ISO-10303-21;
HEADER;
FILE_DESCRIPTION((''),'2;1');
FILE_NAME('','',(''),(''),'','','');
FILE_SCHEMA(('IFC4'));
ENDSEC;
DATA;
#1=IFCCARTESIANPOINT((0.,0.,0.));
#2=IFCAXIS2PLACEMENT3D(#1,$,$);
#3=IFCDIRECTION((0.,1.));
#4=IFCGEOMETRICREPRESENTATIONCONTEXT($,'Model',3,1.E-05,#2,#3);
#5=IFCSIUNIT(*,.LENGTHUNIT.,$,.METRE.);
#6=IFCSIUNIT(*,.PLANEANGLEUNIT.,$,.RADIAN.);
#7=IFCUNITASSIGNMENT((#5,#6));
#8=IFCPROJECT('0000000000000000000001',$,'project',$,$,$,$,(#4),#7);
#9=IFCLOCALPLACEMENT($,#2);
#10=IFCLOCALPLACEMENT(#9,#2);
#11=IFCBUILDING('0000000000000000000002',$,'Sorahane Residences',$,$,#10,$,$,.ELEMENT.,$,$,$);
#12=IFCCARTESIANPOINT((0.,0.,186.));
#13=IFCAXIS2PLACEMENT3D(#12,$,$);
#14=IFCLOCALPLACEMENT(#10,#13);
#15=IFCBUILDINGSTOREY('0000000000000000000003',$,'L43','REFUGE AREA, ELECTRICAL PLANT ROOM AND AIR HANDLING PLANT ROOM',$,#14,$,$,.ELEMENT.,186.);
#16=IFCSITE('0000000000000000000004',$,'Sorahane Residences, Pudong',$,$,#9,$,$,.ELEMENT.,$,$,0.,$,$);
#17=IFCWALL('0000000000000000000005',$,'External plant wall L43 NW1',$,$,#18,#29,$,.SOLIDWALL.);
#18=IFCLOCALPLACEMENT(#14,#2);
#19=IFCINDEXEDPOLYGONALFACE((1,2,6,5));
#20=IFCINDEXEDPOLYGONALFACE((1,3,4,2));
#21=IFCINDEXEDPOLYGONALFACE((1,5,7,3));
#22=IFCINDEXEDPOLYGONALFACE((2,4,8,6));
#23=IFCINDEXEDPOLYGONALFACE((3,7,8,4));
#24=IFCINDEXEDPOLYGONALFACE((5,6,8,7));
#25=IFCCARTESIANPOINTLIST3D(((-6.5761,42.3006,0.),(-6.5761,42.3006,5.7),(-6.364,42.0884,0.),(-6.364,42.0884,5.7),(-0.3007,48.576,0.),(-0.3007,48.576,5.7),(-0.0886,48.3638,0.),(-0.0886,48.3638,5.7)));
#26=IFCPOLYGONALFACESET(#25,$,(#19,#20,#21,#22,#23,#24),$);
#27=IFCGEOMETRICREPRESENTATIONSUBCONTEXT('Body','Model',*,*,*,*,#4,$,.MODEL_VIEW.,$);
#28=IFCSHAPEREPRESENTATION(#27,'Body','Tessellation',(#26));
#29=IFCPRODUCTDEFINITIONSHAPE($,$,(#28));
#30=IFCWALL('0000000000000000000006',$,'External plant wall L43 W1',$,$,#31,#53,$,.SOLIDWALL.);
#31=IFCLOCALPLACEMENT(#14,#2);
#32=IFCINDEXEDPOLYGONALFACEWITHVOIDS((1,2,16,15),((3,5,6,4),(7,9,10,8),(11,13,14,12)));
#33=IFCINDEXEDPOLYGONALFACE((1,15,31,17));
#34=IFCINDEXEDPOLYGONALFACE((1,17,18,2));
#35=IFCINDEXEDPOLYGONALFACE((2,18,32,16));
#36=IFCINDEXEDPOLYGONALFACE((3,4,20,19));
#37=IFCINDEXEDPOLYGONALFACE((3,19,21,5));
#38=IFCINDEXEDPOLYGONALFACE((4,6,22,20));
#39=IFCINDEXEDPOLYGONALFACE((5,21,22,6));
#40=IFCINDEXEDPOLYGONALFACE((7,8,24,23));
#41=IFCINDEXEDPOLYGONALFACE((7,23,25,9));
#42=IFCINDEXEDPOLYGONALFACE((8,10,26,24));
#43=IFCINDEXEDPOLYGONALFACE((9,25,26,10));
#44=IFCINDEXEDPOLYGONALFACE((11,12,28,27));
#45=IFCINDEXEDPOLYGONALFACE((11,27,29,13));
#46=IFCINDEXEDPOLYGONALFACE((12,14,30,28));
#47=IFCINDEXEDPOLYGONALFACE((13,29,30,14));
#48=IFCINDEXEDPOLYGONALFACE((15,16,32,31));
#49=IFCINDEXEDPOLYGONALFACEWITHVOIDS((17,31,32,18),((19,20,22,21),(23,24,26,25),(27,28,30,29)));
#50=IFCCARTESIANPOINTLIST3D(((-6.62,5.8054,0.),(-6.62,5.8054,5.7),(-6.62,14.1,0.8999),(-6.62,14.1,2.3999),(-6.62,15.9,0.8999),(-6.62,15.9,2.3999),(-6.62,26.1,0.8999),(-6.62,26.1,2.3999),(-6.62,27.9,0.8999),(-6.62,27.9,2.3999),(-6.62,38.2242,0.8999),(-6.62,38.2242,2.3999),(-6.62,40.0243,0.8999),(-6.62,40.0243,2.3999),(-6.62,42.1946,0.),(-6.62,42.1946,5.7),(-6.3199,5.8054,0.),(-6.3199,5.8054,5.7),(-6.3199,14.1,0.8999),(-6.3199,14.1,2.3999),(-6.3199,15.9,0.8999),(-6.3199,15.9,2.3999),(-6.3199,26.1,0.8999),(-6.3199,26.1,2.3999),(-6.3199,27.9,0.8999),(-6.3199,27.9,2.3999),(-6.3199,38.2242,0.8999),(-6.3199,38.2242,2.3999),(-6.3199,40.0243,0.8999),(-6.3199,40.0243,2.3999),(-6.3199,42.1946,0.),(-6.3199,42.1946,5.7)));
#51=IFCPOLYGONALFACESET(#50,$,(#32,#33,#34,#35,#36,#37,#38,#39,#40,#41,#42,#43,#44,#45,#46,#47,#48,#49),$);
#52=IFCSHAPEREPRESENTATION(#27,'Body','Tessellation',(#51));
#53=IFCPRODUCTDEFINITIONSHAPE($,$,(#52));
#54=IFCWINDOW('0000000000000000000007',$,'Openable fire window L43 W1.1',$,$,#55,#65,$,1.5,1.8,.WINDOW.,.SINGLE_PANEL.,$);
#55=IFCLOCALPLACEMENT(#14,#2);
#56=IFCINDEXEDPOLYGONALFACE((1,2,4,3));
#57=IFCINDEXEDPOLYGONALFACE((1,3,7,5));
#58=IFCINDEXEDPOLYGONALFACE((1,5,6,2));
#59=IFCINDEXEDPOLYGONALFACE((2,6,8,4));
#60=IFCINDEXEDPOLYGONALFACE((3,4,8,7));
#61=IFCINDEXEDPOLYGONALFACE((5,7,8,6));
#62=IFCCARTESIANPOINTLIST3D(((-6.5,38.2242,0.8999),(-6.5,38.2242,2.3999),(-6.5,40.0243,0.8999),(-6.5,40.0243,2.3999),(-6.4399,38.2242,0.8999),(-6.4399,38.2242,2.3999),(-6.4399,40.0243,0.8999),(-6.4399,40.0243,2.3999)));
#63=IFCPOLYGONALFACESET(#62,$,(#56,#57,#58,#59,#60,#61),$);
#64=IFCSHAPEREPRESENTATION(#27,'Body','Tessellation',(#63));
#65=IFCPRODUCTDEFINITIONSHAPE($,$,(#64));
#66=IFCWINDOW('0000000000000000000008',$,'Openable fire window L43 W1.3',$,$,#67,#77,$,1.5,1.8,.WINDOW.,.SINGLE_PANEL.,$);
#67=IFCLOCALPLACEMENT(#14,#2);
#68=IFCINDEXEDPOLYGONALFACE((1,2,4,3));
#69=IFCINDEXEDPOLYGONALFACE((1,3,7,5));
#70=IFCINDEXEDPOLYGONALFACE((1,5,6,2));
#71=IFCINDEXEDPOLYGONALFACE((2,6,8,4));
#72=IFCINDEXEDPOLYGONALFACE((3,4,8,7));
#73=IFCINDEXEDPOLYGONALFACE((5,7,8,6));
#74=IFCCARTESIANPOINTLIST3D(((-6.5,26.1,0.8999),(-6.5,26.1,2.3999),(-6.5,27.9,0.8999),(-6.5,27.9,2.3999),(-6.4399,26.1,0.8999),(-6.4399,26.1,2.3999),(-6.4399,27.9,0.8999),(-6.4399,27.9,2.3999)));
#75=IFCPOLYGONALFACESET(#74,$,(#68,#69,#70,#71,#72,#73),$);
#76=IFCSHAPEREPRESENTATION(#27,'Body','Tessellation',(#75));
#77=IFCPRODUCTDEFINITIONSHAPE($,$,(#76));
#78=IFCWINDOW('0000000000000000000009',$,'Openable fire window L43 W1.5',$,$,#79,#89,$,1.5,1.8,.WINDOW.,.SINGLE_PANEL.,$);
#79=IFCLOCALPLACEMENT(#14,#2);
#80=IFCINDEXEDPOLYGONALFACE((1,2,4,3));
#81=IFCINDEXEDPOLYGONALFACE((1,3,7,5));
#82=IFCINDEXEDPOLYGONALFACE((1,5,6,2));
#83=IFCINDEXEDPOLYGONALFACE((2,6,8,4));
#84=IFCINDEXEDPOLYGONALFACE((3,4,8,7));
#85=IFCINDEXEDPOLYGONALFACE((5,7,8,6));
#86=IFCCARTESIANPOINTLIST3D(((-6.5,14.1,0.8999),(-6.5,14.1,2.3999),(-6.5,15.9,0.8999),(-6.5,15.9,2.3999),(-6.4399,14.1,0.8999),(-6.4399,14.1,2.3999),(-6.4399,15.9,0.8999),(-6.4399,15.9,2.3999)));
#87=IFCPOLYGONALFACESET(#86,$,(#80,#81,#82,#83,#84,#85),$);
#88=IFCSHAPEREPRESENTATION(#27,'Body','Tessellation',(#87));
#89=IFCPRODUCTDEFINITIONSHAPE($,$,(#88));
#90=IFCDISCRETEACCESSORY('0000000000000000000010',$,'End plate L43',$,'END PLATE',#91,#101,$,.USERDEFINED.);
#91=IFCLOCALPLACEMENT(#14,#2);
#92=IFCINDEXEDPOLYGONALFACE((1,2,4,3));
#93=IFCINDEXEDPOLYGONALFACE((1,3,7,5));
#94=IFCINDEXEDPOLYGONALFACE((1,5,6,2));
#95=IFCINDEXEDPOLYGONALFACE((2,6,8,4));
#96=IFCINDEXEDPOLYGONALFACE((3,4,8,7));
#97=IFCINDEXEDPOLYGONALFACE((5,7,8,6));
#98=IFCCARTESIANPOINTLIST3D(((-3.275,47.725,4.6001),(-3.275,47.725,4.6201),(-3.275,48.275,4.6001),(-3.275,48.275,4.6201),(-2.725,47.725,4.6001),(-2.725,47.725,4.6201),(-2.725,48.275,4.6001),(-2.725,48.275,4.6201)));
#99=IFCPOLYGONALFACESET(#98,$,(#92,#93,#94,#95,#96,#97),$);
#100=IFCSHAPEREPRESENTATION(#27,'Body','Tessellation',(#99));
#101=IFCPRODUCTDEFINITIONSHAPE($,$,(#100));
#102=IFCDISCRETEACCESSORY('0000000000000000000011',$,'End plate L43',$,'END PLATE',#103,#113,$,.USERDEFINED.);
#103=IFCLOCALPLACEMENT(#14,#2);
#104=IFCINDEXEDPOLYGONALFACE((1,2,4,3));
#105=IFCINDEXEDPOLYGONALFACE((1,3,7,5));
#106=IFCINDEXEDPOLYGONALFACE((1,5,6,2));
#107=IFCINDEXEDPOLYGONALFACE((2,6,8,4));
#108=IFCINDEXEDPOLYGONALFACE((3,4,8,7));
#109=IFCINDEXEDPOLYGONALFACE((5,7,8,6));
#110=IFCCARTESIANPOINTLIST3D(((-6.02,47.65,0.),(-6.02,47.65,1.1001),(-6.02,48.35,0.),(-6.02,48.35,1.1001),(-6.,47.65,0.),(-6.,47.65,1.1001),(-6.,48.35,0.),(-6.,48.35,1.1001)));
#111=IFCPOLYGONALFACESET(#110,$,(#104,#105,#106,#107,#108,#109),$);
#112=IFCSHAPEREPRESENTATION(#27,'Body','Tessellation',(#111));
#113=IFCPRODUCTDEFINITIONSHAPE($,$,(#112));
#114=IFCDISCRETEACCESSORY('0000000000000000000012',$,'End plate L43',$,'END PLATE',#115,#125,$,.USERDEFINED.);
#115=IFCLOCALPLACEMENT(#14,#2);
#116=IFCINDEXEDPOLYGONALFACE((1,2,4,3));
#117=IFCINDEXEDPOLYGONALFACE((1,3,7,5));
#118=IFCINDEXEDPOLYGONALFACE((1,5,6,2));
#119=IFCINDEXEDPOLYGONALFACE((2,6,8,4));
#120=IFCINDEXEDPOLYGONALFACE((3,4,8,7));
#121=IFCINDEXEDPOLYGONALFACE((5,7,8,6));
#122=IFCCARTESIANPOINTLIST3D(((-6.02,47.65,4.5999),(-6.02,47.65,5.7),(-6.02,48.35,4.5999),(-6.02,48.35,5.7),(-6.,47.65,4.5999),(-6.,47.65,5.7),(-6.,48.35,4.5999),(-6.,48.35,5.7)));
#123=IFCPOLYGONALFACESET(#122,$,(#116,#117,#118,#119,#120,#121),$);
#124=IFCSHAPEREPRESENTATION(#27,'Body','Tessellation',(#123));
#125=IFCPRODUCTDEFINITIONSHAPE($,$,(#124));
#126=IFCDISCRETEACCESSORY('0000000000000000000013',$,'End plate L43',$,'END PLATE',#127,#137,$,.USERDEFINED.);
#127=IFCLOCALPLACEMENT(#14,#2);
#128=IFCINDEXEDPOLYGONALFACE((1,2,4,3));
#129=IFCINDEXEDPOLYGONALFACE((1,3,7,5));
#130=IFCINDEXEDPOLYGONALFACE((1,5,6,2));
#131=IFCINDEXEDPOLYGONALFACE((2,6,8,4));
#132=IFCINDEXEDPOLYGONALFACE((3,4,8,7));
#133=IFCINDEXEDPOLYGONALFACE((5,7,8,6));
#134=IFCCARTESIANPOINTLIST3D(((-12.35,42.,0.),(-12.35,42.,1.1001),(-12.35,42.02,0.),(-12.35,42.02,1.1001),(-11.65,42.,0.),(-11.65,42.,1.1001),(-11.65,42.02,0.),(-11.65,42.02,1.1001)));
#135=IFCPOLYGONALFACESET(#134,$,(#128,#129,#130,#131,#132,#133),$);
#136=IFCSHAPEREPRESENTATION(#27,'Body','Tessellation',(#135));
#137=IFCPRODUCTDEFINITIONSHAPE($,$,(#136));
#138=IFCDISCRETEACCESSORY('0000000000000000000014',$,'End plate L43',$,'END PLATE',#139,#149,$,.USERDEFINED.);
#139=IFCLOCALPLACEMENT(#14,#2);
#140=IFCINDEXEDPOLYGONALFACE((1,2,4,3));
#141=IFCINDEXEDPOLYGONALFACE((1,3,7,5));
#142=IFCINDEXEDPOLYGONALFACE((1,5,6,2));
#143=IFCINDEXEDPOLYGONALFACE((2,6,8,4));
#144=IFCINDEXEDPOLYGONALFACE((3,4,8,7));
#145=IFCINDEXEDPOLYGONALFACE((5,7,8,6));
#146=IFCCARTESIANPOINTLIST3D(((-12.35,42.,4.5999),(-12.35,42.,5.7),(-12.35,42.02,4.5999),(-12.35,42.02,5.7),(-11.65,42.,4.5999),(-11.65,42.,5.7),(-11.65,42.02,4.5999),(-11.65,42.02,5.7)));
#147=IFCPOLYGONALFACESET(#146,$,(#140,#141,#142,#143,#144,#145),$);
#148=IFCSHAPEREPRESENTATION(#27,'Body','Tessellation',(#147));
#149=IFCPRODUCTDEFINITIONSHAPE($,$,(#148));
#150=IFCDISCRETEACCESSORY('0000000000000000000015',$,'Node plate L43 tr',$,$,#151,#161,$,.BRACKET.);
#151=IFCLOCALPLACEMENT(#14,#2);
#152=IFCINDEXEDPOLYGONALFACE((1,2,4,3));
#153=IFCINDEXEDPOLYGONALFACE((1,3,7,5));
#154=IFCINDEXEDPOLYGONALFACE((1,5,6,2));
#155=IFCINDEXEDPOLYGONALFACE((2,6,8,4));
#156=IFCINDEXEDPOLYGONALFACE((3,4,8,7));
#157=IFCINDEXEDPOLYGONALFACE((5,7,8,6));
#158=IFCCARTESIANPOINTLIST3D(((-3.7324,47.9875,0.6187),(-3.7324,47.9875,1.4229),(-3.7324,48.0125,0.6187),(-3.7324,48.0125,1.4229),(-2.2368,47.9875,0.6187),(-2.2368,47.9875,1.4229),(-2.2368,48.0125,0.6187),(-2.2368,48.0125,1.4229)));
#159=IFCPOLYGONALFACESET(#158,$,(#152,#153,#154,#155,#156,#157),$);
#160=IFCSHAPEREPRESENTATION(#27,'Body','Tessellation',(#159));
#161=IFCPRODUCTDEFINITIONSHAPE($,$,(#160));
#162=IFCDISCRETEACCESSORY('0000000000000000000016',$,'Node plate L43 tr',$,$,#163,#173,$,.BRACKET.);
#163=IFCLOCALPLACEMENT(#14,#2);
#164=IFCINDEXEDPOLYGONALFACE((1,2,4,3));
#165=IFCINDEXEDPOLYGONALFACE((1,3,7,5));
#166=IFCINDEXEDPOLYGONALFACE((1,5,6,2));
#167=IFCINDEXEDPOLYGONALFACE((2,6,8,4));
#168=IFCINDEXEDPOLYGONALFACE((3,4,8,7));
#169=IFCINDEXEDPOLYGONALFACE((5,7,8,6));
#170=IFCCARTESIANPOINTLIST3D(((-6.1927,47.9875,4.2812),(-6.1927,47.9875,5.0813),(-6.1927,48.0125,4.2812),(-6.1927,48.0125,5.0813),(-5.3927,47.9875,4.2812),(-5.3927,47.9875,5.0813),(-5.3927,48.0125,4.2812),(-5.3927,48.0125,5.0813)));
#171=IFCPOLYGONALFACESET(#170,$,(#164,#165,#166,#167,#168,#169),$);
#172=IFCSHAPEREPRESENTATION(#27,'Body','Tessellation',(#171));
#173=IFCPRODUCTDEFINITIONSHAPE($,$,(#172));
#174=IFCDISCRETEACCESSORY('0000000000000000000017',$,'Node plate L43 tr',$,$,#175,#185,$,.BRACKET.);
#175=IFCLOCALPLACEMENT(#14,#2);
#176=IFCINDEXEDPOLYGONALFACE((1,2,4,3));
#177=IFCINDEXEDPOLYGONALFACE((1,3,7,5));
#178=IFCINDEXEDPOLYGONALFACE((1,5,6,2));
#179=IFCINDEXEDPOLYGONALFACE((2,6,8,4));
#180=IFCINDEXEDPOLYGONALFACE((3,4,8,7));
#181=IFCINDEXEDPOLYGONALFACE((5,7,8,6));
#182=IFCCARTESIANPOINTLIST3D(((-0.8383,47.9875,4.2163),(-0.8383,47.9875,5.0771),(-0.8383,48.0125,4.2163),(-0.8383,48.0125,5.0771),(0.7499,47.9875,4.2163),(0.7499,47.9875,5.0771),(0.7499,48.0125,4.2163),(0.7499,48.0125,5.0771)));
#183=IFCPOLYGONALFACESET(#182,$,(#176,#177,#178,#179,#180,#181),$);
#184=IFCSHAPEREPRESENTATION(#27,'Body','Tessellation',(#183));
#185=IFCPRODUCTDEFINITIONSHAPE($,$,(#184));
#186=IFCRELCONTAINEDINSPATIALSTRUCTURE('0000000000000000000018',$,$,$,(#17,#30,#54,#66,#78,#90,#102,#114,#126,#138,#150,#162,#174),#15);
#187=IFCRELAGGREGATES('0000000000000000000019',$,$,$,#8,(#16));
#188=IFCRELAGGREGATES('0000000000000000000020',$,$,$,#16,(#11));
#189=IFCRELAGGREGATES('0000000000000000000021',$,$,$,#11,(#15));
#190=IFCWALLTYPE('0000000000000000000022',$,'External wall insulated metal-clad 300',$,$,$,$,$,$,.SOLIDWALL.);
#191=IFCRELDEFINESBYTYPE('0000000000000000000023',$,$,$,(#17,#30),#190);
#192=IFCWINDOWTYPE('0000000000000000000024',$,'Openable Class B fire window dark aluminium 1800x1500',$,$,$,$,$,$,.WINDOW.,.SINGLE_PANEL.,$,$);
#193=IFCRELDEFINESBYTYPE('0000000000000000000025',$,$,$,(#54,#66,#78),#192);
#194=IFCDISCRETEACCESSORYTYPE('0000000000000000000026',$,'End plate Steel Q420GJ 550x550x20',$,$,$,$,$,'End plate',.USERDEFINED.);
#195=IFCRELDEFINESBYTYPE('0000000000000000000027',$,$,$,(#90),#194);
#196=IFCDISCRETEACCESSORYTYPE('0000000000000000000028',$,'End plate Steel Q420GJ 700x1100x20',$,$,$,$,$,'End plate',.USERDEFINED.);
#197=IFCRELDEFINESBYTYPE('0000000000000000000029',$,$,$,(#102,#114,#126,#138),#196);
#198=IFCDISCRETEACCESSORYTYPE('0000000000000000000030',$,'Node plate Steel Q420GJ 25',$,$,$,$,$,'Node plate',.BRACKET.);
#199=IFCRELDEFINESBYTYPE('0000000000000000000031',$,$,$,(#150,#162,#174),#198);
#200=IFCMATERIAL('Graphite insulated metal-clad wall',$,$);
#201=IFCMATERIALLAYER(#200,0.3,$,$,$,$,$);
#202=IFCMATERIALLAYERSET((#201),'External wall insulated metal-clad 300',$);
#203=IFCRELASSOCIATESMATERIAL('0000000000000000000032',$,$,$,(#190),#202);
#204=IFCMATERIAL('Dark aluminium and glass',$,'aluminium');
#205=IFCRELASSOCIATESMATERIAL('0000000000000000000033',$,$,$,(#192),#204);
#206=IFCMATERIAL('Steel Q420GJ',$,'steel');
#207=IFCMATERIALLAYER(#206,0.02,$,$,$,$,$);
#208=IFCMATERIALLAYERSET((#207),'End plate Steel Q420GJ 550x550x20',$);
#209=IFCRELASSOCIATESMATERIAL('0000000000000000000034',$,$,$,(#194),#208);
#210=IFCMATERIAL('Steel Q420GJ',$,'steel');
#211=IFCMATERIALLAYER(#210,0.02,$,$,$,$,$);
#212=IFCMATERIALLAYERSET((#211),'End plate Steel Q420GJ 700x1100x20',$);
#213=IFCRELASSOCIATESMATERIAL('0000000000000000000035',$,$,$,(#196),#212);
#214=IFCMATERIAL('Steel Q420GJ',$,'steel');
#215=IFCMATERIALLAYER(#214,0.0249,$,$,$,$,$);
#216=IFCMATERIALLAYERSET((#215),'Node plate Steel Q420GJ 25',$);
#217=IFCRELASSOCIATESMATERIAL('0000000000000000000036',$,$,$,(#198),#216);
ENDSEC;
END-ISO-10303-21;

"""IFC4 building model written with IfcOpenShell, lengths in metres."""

from ifc_helpers import new_model, si_unit, direction, frame, frame_2d, origin, origin_2d, place, context, subcontext, project, spatial, rectangle, extrude, material, layer, layer_set, type_object, element, fill, save


model = new_model("IFC4")

# Units and contexts
model_context = context("Model", 3, precision=1e-05, world=origin(), true_north=direction((0.0, 1.0)))
body_context = subcontext(model_context, "Body", "Model", "MODEL_VIEW")
ifc_project = project(units=[si_unit("LENGTHUNIT", "METRE"), si_unit("PLANEANGLEUNIT", "RADIAN")], contexts=[model_context])

# Site, building, storey
site_placement = place(None, origin())
site = spatial("IfcSite", under=ifc_project, at=site_placement, Name="Sorahane Residences, Pudong", CompositionType="ELEMENT", RefElevation=0.0)
building_placement = place(site_placement, origin())
building = spatial("IfcBuilding", under=site, at=building_placement, Name="Sorahane Residences", CompositionType="ELEMENT")
storey_placement = place(building_placement, frame((0.0, 0.0, 186.0)))
storey = spatial("IfcBuildingStorey", under=building, at=storey_placement, Name="L43", Description="REFUGE AREA, ELECTRICAL PLANT ROOM AND AIR HANDLING PLANT ROOM", CompositionType="ELEMENT", Elevation=186.0)

# Wall
ifc_material_1 = material(Name="Graphite insulated metal-clad wall")
ifc_layer_1 = layer(ifc_material_1, 0.3)
ifc_layer_set_1 = layer_set([ifc_layer_1], Name="External wall insulated metal-clad 300")
wall_type = type_object("IfcWallType", Name="External wall insulated metal-clad 300", PredefinedType="SOLIDWALL", material=ifc_layer_set_1)
wall_1_placement = place(storey_placement, frame((-0.1946, 48.47, 0.0), z_axis=(0.0, 0.0, 1.0), x_axis=(-0.707107, -0.707107, 0.0)))
element("IfcWall", 1, at=wall_1_placement, inside=storey, type_object=wall_type, Name="External plant wall L43 NW1", PredefinedType="SOLIDWALL", context=body_context, shape_type="SweptSolid", body=[
    extrude(rectangle(XDim=8.8748, YDim=0.3, at=frame_2d((4.4375, 0.0))), origin(), (0.0, 0.0, 1.0), 5.7),
])

# Wall, openings, windows
wall_2_placement = place(storey_placement, frame((-6.47, 42.1946, 0.0), z_axis=(0.0, 0.0, 1.0), x_axis=(0.0, -1.0, 0.0)))
wall_2 = element("IfcWall", 2, at=wall_2_placement, inside=storey, type_object=wall_type, Name="External plant wall L43 W1", PredefinedType="SOLIDWALL", context=body_context, shape_type="SweptSolid", body=[
    extrude(rectangle(XDim=36.3892, YDim=0.3, at=frame_2d((18.1946, 0.0))), origin(), (0.0, 0.0, 1.0), 5.7),
])
opening_1_placement = place(wall_2_placement, frame((2.1704, 0.0, 0.8999)))
opening_1 = element("IfcOpeningElement", 3, at=opening_1_placement, cuts=wall_2, PredefinedType="OPENING", context=body_context, shape_type="SweptSolid", body=[
    extrude(rectangle(XDim=1.8, YDim=1.5, at=frame_2d((0.8999, 0.75))), frame((0.0, 0.1599, 0.0), z_axis=(0.0, -1.0, 0.0), x_axis=(1.0, 0.0, 0.0)), (0.0, 0.0, 1.0), 0.3201),
])
opening_2_placement = place(wall_2_placement, frame((14.2947, 0.0, 0.8999)))
opening_2 = element("IfcOpeningElement", 4, at=opening_2_placement, cuts=wall_2, PredefinedType="OPENING", context=body_context, shape_type="SweptSolid", body=[
    extrude(rectangle(XDim=1.8, YDim=1.5, at=frame_2d((0.8999, 0.75))), frame((0.0, 0.1599, 0.0), z_axis=(0.0, -1.0, 0.0), x_axis=(1.0, 0.0, 0.0)), (0.0, 0.0, 1.0), 0.3201),
])
opening_3_placement = place(wall_2_placement, frame((26.2947, 0.0, 0.8999)))
opening_3 = element("IfcOpeningElement", 5, at=opening_3_placement, cuts=wall_2, PredefinedType="OPENING", context=body_context, shape_type="SweptSolid", body=[
    extrude(rectangle(XDim=1.8, YDim=1.5, at=frame_2d((0.8999, 0.75))), frame((0.0, 0.1599, 0.0), z_axis=(0.0, -1.0, 0.0), x_axis=(1.0, 0.0, 0.0)), (0.0, 0.0, 1.0), 0.3201),
])
ifc_material_2 = material(Name="Dark aluminium and glass", Category="aluminium")
window_type = type_object("IfcWindowType", Name="Openable Class B fire window dark aluminium 1800x1500", PartitioningType="SINGLE_PANEL", PredefinedType="WINDOW", material=ifc_material_2)
window_1_placement = place(opening_1_placement, origin())
window_1 = element("IfcWindow", 6, at=window_1_placement, inside=storey, type_object=window_type, Name="Openable fire window L43 W1.1", OverallHeight=1.5, OverallWidth=1.8, PartitioningType="SINGLE_PANEL", PredefinedType="WINDOW", context=body_context, shape_type="SweptSolid", body=[
    extrude(rectangle(XDim=1.8, YDim=1.5, at=frame_2d((0.8999, 0.75))), frame((0.0, 0.03, 0.0), z_axis=(0.0, -1.0, 0.0), x_axis=(1.0, 0.0, 0.0)), (0.0, 0.0, 1.0), 0.0601),
])
fill(opening_1, window_1)
window_2_placement = place(opening_2_placement, origin())
window_2 = element("IfcWindow", 7, at=window_2_placement, inside=storey, type_object=window_type, Name="Openable fire window L43 W1.3", OverallHeight=1.5, OverallWidth=1.8, PartitioningType="SINGLE_PANEL", PredefinedType="WINDOW", context=body_context, shape_type="SweptSolid", body=[
    extrude(rectangle(XDim=1.8, YDim=1.5, at=frame_2d((0.8999, 0.75))), frame((0.0, 0.03, 0.0), z_axis=(0.0, -1.0, 0.0), x_axis=(1.0, 0.0, 0.0)), (0.0, 0.0, 1.0), 0.0601),
])
fill(opening_2, window_2)
window_3_placement = place(opening_3_placement, origin())
window_3 = element("IfcWindow", 8, at=window_3_placement, inside=storey, type_object=window_type, Name="Openable fire window L43 W1.5", OverallHeight=1.5, OverallWidth=1.8, PartitioningType="SINGLE_PANEL", PredefinedType="WINDOW", context=body_context, shape_type="SweptSolid", body=[
    extrude(rectangle(XDim=1.8, YDim=1.5, at=frame_2d((0.8999, 0.75))), frame((0.0, 0.03, 0.0), z_axis=(0.0, -1.0, 0.0), x_axis=(1.0, 0.0, 0.0)), (0.0, 0.0, 1.0), 0.0601),
])
fill(opening_3, window_3)

# Discrete accessories
ifc_material_3 = material(Name="Steel Q420GJ", Category="steel")
ifc_layer_2 = layer(ifc_material_3, 0.02)
ifc_layer_set_2 = layer_set([ifc_layer_2], Name="End plate Steel Q420GJ 550x550x20")
discrete_accessory_type_1 = type_object("IfcDiscreteAccessoryType", Name="End plate Steel Q420GJ 550x550x20", ElementType="End plate", PredefinedType="USERDEFINED", material=ifc_layer_set_2)
discrete_accessory_1_placement = place(storey_placement, frame((-3.0, 48.0, 4.6001), z_axis=(0.0, 0.0, 1.0), x_axis=(1.0, 0.0, 0.0)))
element("IfcDiscreteAccessory", 9, at=discrete_accessory_1_placement, inside=storey, type_object=discrete_accessory_type_1, Name="End plate L43", ObjectType="END PLATE", PredefinedType="USERDEFINED", context=body_context, shape_type="SweptSolid", body=[
    extrude(rectangle(XDim=0.55, YDim=0.55, at=origin_2d()), origin(), (0.0, 0.0, 1.0), 0.02),
])
ifc_material_4 = material(Name="Steel Q420GJ", Category="steel")
ifc_layer_3 = layer(ifc_material_4, 0.02)
ifc_layer_set_3 = layer_set([ifc_layer_3], Name="End plate Steel Q420GJ 700x1100x20")
discrete_accessory_type_2 = type_object("IfcDiscreteAccessoryType", Name="End plate Steel Q420GJ 700x1100x20", ElementType="End plate", PredefinedType="USERDEFINED", material=ifc_layer_set_3)
for number, where, z_axis, x_axis, name in (
    (10, (-6.01, 48.0, 0.0), (0.0, 0.0, 1.0), (1.0, 0.0, 0.0), "End plate L43"),
    (11, (-6.01, 48.0, 4.5999), (0.0, 0.0, 1.0), (1.0, 0.0, 0.0), "End plate L43"),
    (12, (-12.0, 42.01, 0.0), (0.0, 0.0, 1.0), (0.0, 1.0, 0.0), "End plate L43"),
    (13, (-12.0, 42.01, 4.5999), (0.0, 0.0, 1.0), (0.0, 1.0, 0.0), "End plate L43"),
):
    element("IfcDiscreteAccessory", number, at=place(storey_placement, frame(where, z_axis=z_axis, x_axis=x_axis)), inside=storey, type_object=discrete_accessory_type_2, Name=name, ObjectType="END PLATE", PredefinedType="USERDEFINED", context=body_context, shape_type="SweptSolid", body=[
        extrude(rectangle(XDim=0.02, YDim=0.7, at=origin_2d()), origin(), (0.0, 0.0, 1.0), 1.1001),
    ])
ifc_material_5 = material(Name="Steel Q420GJ", Category="steel")
ifc_layer_4 = layer(ifc_material_5, 0.0249)
ifc_layer_set_4 = layer_set([ifc_layer_4], Name="Node plate Steel Q420GJ 25")
discrete_accessory_type_3 = type_object("IfcDiscreteAccessoryType", Name="Node plate Steel Q420GJ 25", ElementType="Node plate", PredefinedType="BRACKET", material=ifc_layer_set_4)
discrete_accessory_2_placement = place(storey_placement, frame((-2.9846, 48.0, 0.6187), z_axis=(0.0, 0.0, 1.0), x_axis=(1.0, 0.0, 0.0)))
element("IfcDiscreteAccessory", 14, at=discrete_accessory_2_placement, inside=storey, type_object=discrete_accessory_type_3, Name="Node plate L43 tr", PredefinedType="BRACKET", context=body_context, shape_type="SweptSolid", body=[
    extrude(rectangle(XDim=1.4956, YDim=0.0249, at=origin_2d()), origin(), (0.0, 0.0, 1.0), 0.8042),
])
discrete_accessory_3_placement = place(storey_placement, frame((-5.7927, 48.0, 4.2812), z_axis=(0.0, 0.0, 1.0), x_axis=(1.0, 0.0, 0.0)))
element("IfcDiscreteAccessory", 15, at=discrete_accessory_3_placement, inside=storey, type_object=discrete_accessory_type_3, Name="Node plate L43 tr", PredefinedType="BRACKET", context=body_context, shape_type="SweptSolid", body=[
    extrude(rectangle(XDim=0.8, YDim=0.0249, at=origin_2d()), origin(), (0.0, 0.0, 1.0), 0.8),
])
discrete_accessory_4_placement = place(storey_placement, frame((-0.0442, 48.0, 4.2163), z_axis=(0.0, 0.0, 1.0), x_axis=(1.0, 0.0, 0.0)))
element("IfcDiscreteAccessory", 16, at=discrete_accessory_4_placement, inside=storey, type_object=discrete_accessory_type_3, Name="Node plate L43 tr", PredefinedType="BRACKET", context=body_context, shape_type="SweptSolid", body=[
    extrude(rectangle(XDim=1.5881, YDim=0.0249, at=origin_2d()), origin(), (0.0, 0.0, 1.0), 0.8608),
])

save(model, "model.ifc")
